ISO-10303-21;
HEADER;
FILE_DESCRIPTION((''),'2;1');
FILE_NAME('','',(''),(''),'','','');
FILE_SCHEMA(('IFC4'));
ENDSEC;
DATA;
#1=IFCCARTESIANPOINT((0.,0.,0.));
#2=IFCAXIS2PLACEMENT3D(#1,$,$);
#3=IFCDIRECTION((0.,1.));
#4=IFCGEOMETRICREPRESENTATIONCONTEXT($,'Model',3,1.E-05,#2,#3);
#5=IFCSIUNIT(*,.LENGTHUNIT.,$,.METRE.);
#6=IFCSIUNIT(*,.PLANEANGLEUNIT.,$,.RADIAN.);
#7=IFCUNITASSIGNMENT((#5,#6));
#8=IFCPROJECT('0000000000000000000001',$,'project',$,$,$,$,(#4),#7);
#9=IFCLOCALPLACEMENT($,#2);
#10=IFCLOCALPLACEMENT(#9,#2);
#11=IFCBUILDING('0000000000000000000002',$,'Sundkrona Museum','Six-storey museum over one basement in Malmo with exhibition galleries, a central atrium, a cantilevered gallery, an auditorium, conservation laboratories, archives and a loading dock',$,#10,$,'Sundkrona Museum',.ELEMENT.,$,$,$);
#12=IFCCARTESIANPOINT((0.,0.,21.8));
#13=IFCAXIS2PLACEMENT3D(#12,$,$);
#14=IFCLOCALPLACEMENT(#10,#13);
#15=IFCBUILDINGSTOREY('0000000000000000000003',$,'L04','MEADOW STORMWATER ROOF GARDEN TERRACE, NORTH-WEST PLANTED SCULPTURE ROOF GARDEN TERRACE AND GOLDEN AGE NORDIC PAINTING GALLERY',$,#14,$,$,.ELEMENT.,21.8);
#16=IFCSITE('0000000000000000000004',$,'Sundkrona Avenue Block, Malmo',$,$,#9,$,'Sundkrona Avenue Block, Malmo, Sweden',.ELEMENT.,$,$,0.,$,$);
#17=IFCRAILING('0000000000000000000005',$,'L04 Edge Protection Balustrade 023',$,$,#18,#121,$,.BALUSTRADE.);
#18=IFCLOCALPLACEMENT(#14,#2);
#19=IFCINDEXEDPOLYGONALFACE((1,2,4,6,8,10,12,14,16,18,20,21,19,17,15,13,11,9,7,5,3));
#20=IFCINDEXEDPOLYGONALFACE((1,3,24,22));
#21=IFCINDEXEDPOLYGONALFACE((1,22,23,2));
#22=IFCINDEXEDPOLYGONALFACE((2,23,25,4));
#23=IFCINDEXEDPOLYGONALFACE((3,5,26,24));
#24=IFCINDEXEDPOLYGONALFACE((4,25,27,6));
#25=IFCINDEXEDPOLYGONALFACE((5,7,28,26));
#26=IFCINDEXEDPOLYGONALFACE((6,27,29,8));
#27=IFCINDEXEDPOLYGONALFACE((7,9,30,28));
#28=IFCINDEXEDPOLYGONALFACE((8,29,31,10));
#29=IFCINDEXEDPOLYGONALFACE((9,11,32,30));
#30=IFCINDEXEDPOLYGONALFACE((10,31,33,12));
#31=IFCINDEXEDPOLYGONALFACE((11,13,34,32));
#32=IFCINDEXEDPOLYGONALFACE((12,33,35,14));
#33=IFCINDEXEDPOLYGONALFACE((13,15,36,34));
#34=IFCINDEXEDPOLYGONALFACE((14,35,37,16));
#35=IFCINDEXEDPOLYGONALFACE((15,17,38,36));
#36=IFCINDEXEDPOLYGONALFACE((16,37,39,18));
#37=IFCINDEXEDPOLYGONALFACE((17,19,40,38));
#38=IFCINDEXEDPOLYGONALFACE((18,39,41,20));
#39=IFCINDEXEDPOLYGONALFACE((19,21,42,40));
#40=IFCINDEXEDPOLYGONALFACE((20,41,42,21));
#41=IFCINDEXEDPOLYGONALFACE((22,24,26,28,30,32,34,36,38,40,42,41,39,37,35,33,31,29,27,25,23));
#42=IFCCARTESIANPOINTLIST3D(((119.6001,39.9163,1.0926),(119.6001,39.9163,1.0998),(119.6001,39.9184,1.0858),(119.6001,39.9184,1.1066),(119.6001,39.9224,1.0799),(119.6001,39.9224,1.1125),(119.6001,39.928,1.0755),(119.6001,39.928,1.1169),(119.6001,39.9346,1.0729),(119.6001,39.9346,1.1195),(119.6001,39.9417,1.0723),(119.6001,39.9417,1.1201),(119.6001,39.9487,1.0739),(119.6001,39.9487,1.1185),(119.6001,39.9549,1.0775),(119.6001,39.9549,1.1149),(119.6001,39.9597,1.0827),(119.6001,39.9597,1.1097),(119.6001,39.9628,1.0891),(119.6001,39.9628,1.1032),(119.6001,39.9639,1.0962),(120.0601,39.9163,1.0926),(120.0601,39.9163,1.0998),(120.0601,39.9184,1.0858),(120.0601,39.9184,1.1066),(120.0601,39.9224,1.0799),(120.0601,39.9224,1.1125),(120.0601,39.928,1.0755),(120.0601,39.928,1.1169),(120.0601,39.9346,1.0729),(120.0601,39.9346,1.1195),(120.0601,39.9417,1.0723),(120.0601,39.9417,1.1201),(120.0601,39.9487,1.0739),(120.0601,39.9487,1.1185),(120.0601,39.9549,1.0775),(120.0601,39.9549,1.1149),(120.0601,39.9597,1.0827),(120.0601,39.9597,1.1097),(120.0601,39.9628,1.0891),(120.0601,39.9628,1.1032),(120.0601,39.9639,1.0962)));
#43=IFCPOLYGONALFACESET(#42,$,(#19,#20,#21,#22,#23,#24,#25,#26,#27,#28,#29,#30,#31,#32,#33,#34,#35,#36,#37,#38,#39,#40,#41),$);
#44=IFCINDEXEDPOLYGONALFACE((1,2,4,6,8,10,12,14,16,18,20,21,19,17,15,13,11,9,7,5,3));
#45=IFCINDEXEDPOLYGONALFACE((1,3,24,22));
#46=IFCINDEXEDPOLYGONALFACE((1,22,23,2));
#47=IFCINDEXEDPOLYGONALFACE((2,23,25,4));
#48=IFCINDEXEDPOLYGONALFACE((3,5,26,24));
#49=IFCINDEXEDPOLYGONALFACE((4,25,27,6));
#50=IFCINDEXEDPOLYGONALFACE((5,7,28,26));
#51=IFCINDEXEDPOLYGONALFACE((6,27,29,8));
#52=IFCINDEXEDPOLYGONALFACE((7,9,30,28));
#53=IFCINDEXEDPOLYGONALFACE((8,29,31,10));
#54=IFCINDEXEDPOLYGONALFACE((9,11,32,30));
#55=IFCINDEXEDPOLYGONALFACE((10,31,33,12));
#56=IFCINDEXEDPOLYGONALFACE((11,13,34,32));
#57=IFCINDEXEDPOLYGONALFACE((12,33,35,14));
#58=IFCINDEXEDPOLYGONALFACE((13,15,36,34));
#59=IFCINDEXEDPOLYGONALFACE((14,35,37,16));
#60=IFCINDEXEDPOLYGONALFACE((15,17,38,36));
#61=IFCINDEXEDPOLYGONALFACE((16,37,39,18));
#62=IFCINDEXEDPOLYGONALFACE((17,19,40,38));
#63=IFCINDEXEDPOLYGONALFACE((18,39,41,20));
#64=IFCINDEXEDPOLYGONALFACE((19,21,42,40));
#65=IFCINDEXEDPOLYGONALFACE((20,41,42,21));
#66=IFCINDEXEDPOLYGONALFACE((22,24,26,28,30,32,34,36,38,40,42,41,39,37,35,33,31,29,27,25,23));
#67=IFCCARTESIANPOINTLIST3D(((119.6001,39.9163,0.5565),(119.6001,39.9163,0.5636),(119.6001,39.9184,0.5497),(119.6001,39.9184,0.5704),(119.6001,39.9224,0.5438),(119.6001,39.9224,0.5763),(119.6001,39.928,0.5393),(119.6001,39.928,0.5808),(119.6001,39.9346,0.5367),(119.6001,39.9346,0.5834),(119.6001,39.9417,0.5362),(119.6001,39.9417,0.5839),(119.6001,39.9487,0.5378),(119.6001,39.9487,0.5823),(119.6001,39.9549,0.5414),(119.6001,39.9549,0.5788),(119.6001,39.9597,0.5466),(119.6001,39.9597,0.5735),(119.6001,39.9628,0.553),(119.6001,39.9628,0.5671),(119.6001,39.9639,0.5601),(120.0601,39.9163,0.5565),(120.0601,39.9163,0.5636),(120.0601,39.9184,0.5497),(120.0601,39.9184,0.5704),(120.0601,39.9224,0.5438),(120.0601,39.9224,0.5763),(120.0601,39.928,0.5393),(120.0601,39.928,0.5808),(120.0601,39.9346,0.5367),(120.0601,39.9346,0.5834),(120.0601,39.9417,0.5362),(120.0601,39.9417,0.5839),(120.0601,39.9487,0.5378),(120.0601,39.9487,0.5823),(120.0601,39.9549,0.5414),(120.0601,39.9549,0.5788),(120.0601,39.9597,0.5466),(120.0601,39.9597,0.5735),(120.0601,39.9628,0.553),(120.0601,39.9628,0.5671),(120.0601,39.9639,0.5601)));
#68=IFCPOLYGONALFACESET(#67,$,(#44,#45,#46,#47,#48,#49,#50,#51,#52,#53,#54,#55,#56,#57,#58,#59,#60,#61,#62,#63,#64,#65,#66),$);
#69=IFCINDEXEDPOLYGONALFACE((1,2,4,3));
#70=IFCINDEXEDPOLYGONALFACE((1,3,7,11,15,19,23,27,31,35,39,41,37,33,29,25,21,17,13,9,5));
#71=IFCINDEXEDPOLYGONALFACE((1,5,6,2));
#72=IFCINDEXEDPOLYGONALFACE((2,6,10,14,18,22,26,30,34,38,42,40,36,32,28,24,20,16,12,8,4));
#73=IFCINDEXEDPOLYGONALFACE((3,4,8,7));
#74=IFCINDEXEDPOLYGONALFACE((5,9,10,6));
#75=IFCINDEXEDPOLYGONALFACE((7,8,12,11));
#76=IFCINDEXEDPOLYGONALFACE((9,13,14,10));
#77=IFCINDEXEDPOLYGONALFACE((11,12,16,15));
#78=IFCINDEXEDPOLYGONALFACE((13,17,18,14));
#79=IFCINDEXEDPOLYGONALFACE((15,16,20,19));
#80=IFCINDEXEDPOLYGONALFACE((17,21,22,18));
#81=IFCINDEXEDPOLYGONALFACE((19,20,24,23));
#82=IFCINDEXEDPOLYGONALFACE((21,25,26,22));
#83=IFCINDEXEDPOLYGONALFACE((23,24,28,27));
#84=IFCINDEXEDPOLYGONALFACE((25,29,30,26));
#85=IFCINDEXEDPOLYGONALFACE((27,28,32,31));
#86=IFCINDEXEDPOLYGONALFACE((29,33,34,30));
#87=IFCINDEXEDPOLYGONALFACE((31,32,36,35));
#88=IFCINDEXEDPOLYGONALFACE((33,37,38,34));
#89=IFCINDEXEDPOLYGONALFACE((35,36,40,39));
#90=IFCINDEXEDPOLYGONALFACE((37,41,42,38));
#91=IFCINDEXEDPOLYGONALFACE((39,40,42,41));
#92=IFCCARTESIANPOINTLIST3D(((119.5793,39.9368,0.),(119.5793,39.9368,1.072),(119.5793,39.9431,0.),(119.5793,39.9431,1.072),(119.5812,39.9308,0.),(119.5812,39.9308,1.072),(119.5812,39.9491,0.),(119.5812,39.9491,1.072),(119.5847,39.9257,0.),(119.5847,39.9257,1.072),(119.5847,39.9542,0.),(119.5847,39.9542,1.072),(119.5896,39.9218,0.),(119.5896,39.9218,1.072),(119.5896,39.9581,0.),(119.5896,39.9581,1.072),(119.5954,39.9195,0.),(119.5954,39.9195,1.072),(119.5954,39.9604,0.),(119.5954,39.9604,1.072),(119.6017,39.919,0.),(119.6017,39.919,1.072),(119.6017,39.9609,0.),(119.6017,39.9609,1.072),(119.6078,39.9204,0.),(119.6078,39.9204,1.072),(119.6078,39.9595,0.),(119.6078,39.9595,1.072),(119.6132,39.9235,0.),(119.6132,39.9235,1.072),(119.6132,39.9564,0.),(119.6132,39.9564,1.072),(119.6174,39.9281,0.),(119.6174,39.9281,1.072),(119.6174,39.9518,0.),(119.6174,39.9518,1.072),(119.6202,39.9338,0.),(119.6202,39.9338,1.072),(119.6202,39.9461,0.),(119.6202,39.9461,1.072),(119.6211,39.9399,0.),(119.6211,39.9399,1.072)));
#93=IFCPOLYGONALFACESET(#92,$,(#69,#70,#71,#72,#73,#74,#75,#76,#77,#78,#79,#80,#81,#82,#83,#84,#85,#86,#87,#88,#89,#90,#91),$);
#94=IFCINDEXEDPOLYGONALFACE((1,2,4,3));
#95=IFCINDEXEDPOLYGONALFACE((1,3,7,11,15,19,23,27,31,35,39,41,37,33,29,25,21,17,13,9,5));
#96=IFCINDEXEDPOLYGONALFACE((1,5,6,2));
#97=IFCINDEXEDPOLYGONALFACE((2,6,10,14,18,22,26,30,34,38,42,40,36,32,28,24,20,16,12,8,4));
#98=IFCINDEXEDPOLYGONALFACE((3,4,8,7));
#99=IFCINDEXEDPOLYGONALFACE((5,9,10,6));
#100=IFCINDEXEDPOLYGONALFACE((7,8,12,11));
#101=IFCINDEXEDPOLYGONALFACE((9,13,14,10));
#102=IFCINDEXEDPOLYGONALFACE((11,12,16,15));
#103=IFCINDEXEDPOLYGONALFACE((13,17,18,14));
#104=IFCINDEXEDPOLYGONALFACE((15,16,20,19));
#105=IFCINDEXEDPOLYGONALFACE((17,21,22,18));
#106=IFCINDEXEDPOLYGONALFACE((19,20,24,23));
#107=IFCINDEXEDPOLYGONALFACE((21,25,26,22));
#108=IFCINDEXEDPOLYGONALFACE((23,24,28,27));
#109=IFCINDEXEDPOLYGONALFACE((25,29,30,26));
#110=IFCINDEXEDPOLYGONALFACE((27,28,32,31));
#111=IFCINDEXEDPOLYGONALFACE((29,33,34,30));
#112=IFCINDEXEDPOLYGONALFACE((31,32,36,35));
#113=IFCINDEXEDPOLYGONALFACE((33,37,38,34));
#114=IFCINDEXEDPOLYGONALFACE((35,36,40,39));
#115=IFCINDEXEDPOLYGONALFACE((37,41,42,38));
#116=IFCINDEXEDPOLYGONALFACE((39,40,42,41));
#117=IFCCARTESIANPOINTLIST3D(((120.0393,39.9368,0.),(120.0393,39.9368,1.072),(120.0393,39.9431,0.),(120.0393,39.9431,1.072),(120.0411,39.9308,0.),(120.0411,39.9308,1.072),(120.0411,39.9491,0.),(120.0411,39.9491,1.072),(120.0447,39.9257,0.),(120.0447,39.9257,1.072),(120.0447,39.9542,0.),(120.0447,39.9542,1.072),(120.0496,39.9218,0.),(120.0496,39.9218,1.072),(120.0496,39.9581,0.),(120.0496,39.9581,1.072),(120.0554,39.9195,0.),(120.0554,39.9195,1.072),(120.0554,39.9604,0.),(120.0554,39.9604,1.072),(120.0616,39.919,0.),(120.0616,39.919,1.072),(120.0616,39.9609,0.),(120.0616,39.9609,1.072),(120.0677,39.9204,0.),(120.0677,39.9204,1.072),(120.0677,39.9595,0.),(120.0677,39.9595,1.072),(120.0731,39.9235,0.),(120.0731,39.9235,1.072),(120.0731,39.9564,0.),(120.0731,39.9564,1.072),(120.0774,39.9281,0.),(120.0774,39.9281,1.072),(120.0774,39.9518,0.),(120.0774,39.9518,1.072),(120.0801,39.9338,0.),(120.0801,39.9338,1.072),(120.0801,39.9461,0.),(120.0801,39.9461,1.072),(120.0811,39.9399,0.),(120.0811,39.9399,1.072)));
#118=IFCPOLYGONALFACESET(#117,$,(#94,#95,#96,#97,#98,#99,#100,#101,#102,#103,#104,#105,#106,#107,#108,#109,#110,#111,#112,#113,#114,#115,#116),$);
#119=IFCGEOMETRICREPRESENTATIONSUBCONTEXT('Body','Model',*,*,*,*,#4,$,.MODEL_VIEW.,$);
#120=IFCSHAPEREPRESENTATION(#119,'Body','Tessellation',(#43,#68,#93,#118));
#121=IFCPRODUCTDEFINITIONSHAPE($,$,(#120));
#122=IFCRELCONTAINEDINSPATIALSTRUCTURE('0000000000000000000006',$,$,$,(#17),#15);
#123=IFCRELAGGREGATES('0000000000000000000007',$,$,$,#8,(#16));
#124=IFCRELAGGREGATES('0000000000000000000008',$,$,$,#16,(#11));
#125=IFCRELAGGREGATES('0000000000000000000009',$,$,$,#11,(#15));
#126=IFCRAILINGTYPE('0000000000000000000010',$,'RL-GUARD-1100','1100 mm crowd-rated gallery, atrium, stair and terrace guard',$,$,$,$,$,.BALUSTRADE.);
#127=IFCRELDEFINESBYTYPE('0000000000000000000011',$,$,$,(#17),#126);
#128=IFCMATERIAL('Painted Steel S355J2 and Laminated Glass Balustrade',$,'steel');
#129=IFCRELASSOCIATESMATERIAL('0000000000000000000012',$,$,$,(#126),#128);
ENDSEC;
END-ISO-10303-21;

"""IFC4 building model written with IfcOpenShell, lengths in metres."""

from ifc_helpers import new_model, si_unit, direction, frame, origin, origin_2d, place, context, subcontext, project, spatial, circle, extrude, material, type_object, element, save


model = new_model("IFC4")

# Units and contexts
model_context = context("Model", 3, precision=1e-05, world=origin(), true_north=direction((0.0, 1.0)))
body_context = subcontext(model_context, "Body", "Model", "MODEL_VIEW")
ifc_project = project(units=[si_unit("LENGTHUNIT", "METRE"), si_unit("PLANEANGLEUNIT", "RADIAN")], contexts=[model_context])

# Site, building, storey
site_placement = place(None, origin())
site = spatial("IfcSite", under=ifc_project, at=site_placement, Name="Sundkrona Avenue Block, Malmo", LongName="Sundkrona Avenue Block, Malmo, Sweden", CompositionType="ELEMENT", RefElevation=0.0)
building_placement = place(site_placement, origin())
building = spatial("IfcBuilding", under=site, at=building_placement, Name="Sundkrona Museum", Description="Six-storey museum over one basement in Malmo with exhibition galleries, a central atrium, a cantilevered gallery, an auditorium, conservation laboratories, archives and a loading dock", LongName="Sundkrona Museum", CompositionType="ELEMENT")
storey_placement = place(building_placement, frame((0.0, 0.0, 21.8)))
storey = spatial("IfcBuildingStorey", under=building, at=storey_placement, Name="L04", Description="MEADOW STORMWATER ROOF GARDEN TERRACE, NORTH-WEST PLANTED SCULPTURE ROOF GARDEN TERRACE AND GOLDEN AGE NORDIC PAINTING GALLERY", CompositionType="ELEMENT", Elevation=21.8)

# Railing
ifc_material_1 = material(Name="Painted Steel S355J2 and Laminated Glass Balustrade", Category="steel")
railing_type = type_object("IfcRailingType", Name="RL-GUARD-1100", Description="1100 mm crowd-rated gallery, atrium, stair and terrace guard", PredefinedType="BALUSTRADE", material=ifc_material_1)
railing_1_placement = place(storey_placement, frame((119.6001, 39.9399, 0.0)))
element("IfcRailing", 1, at=railing_1_placement, inside=storey, type_object=railing_type, Name="L04 Edge Protection Balustrade 023", PredefinedType="BALUSTRADE", context=body_context, shape_type="SweptSolid", body=[
    extrude(circle(Radius=0.0239, at=origin_2d()), frame((0.0, 0.0, 1.0962), z_axis=(1.0, 0.0, 0.0), x_axis=(0.0, 1.0, 0.0)), (0.0, 0.0, 1.0), 0.46),
    extrude(circle(Radius=0.0239, at=origin_2d()), frame((0.0, 0.0, 0.5601), z_axis=(1.0, 0.0, 0.0), x_axis=(0.0, 1.0, 0.0)), (0.0, 0.0, 1.0), 0.46),
    extrude(circle(Radius=0.021, at=origin_2d()), origin(), (0.0, 0.0, 1.0), 1.072),
    extrude(circle(Radius=0.021, at=origin_2d()), frame((0.46, 0.0, 0.0)), (0.0, 0.0, 1.0), 1.072),
])

save(model, "model.ifc")
